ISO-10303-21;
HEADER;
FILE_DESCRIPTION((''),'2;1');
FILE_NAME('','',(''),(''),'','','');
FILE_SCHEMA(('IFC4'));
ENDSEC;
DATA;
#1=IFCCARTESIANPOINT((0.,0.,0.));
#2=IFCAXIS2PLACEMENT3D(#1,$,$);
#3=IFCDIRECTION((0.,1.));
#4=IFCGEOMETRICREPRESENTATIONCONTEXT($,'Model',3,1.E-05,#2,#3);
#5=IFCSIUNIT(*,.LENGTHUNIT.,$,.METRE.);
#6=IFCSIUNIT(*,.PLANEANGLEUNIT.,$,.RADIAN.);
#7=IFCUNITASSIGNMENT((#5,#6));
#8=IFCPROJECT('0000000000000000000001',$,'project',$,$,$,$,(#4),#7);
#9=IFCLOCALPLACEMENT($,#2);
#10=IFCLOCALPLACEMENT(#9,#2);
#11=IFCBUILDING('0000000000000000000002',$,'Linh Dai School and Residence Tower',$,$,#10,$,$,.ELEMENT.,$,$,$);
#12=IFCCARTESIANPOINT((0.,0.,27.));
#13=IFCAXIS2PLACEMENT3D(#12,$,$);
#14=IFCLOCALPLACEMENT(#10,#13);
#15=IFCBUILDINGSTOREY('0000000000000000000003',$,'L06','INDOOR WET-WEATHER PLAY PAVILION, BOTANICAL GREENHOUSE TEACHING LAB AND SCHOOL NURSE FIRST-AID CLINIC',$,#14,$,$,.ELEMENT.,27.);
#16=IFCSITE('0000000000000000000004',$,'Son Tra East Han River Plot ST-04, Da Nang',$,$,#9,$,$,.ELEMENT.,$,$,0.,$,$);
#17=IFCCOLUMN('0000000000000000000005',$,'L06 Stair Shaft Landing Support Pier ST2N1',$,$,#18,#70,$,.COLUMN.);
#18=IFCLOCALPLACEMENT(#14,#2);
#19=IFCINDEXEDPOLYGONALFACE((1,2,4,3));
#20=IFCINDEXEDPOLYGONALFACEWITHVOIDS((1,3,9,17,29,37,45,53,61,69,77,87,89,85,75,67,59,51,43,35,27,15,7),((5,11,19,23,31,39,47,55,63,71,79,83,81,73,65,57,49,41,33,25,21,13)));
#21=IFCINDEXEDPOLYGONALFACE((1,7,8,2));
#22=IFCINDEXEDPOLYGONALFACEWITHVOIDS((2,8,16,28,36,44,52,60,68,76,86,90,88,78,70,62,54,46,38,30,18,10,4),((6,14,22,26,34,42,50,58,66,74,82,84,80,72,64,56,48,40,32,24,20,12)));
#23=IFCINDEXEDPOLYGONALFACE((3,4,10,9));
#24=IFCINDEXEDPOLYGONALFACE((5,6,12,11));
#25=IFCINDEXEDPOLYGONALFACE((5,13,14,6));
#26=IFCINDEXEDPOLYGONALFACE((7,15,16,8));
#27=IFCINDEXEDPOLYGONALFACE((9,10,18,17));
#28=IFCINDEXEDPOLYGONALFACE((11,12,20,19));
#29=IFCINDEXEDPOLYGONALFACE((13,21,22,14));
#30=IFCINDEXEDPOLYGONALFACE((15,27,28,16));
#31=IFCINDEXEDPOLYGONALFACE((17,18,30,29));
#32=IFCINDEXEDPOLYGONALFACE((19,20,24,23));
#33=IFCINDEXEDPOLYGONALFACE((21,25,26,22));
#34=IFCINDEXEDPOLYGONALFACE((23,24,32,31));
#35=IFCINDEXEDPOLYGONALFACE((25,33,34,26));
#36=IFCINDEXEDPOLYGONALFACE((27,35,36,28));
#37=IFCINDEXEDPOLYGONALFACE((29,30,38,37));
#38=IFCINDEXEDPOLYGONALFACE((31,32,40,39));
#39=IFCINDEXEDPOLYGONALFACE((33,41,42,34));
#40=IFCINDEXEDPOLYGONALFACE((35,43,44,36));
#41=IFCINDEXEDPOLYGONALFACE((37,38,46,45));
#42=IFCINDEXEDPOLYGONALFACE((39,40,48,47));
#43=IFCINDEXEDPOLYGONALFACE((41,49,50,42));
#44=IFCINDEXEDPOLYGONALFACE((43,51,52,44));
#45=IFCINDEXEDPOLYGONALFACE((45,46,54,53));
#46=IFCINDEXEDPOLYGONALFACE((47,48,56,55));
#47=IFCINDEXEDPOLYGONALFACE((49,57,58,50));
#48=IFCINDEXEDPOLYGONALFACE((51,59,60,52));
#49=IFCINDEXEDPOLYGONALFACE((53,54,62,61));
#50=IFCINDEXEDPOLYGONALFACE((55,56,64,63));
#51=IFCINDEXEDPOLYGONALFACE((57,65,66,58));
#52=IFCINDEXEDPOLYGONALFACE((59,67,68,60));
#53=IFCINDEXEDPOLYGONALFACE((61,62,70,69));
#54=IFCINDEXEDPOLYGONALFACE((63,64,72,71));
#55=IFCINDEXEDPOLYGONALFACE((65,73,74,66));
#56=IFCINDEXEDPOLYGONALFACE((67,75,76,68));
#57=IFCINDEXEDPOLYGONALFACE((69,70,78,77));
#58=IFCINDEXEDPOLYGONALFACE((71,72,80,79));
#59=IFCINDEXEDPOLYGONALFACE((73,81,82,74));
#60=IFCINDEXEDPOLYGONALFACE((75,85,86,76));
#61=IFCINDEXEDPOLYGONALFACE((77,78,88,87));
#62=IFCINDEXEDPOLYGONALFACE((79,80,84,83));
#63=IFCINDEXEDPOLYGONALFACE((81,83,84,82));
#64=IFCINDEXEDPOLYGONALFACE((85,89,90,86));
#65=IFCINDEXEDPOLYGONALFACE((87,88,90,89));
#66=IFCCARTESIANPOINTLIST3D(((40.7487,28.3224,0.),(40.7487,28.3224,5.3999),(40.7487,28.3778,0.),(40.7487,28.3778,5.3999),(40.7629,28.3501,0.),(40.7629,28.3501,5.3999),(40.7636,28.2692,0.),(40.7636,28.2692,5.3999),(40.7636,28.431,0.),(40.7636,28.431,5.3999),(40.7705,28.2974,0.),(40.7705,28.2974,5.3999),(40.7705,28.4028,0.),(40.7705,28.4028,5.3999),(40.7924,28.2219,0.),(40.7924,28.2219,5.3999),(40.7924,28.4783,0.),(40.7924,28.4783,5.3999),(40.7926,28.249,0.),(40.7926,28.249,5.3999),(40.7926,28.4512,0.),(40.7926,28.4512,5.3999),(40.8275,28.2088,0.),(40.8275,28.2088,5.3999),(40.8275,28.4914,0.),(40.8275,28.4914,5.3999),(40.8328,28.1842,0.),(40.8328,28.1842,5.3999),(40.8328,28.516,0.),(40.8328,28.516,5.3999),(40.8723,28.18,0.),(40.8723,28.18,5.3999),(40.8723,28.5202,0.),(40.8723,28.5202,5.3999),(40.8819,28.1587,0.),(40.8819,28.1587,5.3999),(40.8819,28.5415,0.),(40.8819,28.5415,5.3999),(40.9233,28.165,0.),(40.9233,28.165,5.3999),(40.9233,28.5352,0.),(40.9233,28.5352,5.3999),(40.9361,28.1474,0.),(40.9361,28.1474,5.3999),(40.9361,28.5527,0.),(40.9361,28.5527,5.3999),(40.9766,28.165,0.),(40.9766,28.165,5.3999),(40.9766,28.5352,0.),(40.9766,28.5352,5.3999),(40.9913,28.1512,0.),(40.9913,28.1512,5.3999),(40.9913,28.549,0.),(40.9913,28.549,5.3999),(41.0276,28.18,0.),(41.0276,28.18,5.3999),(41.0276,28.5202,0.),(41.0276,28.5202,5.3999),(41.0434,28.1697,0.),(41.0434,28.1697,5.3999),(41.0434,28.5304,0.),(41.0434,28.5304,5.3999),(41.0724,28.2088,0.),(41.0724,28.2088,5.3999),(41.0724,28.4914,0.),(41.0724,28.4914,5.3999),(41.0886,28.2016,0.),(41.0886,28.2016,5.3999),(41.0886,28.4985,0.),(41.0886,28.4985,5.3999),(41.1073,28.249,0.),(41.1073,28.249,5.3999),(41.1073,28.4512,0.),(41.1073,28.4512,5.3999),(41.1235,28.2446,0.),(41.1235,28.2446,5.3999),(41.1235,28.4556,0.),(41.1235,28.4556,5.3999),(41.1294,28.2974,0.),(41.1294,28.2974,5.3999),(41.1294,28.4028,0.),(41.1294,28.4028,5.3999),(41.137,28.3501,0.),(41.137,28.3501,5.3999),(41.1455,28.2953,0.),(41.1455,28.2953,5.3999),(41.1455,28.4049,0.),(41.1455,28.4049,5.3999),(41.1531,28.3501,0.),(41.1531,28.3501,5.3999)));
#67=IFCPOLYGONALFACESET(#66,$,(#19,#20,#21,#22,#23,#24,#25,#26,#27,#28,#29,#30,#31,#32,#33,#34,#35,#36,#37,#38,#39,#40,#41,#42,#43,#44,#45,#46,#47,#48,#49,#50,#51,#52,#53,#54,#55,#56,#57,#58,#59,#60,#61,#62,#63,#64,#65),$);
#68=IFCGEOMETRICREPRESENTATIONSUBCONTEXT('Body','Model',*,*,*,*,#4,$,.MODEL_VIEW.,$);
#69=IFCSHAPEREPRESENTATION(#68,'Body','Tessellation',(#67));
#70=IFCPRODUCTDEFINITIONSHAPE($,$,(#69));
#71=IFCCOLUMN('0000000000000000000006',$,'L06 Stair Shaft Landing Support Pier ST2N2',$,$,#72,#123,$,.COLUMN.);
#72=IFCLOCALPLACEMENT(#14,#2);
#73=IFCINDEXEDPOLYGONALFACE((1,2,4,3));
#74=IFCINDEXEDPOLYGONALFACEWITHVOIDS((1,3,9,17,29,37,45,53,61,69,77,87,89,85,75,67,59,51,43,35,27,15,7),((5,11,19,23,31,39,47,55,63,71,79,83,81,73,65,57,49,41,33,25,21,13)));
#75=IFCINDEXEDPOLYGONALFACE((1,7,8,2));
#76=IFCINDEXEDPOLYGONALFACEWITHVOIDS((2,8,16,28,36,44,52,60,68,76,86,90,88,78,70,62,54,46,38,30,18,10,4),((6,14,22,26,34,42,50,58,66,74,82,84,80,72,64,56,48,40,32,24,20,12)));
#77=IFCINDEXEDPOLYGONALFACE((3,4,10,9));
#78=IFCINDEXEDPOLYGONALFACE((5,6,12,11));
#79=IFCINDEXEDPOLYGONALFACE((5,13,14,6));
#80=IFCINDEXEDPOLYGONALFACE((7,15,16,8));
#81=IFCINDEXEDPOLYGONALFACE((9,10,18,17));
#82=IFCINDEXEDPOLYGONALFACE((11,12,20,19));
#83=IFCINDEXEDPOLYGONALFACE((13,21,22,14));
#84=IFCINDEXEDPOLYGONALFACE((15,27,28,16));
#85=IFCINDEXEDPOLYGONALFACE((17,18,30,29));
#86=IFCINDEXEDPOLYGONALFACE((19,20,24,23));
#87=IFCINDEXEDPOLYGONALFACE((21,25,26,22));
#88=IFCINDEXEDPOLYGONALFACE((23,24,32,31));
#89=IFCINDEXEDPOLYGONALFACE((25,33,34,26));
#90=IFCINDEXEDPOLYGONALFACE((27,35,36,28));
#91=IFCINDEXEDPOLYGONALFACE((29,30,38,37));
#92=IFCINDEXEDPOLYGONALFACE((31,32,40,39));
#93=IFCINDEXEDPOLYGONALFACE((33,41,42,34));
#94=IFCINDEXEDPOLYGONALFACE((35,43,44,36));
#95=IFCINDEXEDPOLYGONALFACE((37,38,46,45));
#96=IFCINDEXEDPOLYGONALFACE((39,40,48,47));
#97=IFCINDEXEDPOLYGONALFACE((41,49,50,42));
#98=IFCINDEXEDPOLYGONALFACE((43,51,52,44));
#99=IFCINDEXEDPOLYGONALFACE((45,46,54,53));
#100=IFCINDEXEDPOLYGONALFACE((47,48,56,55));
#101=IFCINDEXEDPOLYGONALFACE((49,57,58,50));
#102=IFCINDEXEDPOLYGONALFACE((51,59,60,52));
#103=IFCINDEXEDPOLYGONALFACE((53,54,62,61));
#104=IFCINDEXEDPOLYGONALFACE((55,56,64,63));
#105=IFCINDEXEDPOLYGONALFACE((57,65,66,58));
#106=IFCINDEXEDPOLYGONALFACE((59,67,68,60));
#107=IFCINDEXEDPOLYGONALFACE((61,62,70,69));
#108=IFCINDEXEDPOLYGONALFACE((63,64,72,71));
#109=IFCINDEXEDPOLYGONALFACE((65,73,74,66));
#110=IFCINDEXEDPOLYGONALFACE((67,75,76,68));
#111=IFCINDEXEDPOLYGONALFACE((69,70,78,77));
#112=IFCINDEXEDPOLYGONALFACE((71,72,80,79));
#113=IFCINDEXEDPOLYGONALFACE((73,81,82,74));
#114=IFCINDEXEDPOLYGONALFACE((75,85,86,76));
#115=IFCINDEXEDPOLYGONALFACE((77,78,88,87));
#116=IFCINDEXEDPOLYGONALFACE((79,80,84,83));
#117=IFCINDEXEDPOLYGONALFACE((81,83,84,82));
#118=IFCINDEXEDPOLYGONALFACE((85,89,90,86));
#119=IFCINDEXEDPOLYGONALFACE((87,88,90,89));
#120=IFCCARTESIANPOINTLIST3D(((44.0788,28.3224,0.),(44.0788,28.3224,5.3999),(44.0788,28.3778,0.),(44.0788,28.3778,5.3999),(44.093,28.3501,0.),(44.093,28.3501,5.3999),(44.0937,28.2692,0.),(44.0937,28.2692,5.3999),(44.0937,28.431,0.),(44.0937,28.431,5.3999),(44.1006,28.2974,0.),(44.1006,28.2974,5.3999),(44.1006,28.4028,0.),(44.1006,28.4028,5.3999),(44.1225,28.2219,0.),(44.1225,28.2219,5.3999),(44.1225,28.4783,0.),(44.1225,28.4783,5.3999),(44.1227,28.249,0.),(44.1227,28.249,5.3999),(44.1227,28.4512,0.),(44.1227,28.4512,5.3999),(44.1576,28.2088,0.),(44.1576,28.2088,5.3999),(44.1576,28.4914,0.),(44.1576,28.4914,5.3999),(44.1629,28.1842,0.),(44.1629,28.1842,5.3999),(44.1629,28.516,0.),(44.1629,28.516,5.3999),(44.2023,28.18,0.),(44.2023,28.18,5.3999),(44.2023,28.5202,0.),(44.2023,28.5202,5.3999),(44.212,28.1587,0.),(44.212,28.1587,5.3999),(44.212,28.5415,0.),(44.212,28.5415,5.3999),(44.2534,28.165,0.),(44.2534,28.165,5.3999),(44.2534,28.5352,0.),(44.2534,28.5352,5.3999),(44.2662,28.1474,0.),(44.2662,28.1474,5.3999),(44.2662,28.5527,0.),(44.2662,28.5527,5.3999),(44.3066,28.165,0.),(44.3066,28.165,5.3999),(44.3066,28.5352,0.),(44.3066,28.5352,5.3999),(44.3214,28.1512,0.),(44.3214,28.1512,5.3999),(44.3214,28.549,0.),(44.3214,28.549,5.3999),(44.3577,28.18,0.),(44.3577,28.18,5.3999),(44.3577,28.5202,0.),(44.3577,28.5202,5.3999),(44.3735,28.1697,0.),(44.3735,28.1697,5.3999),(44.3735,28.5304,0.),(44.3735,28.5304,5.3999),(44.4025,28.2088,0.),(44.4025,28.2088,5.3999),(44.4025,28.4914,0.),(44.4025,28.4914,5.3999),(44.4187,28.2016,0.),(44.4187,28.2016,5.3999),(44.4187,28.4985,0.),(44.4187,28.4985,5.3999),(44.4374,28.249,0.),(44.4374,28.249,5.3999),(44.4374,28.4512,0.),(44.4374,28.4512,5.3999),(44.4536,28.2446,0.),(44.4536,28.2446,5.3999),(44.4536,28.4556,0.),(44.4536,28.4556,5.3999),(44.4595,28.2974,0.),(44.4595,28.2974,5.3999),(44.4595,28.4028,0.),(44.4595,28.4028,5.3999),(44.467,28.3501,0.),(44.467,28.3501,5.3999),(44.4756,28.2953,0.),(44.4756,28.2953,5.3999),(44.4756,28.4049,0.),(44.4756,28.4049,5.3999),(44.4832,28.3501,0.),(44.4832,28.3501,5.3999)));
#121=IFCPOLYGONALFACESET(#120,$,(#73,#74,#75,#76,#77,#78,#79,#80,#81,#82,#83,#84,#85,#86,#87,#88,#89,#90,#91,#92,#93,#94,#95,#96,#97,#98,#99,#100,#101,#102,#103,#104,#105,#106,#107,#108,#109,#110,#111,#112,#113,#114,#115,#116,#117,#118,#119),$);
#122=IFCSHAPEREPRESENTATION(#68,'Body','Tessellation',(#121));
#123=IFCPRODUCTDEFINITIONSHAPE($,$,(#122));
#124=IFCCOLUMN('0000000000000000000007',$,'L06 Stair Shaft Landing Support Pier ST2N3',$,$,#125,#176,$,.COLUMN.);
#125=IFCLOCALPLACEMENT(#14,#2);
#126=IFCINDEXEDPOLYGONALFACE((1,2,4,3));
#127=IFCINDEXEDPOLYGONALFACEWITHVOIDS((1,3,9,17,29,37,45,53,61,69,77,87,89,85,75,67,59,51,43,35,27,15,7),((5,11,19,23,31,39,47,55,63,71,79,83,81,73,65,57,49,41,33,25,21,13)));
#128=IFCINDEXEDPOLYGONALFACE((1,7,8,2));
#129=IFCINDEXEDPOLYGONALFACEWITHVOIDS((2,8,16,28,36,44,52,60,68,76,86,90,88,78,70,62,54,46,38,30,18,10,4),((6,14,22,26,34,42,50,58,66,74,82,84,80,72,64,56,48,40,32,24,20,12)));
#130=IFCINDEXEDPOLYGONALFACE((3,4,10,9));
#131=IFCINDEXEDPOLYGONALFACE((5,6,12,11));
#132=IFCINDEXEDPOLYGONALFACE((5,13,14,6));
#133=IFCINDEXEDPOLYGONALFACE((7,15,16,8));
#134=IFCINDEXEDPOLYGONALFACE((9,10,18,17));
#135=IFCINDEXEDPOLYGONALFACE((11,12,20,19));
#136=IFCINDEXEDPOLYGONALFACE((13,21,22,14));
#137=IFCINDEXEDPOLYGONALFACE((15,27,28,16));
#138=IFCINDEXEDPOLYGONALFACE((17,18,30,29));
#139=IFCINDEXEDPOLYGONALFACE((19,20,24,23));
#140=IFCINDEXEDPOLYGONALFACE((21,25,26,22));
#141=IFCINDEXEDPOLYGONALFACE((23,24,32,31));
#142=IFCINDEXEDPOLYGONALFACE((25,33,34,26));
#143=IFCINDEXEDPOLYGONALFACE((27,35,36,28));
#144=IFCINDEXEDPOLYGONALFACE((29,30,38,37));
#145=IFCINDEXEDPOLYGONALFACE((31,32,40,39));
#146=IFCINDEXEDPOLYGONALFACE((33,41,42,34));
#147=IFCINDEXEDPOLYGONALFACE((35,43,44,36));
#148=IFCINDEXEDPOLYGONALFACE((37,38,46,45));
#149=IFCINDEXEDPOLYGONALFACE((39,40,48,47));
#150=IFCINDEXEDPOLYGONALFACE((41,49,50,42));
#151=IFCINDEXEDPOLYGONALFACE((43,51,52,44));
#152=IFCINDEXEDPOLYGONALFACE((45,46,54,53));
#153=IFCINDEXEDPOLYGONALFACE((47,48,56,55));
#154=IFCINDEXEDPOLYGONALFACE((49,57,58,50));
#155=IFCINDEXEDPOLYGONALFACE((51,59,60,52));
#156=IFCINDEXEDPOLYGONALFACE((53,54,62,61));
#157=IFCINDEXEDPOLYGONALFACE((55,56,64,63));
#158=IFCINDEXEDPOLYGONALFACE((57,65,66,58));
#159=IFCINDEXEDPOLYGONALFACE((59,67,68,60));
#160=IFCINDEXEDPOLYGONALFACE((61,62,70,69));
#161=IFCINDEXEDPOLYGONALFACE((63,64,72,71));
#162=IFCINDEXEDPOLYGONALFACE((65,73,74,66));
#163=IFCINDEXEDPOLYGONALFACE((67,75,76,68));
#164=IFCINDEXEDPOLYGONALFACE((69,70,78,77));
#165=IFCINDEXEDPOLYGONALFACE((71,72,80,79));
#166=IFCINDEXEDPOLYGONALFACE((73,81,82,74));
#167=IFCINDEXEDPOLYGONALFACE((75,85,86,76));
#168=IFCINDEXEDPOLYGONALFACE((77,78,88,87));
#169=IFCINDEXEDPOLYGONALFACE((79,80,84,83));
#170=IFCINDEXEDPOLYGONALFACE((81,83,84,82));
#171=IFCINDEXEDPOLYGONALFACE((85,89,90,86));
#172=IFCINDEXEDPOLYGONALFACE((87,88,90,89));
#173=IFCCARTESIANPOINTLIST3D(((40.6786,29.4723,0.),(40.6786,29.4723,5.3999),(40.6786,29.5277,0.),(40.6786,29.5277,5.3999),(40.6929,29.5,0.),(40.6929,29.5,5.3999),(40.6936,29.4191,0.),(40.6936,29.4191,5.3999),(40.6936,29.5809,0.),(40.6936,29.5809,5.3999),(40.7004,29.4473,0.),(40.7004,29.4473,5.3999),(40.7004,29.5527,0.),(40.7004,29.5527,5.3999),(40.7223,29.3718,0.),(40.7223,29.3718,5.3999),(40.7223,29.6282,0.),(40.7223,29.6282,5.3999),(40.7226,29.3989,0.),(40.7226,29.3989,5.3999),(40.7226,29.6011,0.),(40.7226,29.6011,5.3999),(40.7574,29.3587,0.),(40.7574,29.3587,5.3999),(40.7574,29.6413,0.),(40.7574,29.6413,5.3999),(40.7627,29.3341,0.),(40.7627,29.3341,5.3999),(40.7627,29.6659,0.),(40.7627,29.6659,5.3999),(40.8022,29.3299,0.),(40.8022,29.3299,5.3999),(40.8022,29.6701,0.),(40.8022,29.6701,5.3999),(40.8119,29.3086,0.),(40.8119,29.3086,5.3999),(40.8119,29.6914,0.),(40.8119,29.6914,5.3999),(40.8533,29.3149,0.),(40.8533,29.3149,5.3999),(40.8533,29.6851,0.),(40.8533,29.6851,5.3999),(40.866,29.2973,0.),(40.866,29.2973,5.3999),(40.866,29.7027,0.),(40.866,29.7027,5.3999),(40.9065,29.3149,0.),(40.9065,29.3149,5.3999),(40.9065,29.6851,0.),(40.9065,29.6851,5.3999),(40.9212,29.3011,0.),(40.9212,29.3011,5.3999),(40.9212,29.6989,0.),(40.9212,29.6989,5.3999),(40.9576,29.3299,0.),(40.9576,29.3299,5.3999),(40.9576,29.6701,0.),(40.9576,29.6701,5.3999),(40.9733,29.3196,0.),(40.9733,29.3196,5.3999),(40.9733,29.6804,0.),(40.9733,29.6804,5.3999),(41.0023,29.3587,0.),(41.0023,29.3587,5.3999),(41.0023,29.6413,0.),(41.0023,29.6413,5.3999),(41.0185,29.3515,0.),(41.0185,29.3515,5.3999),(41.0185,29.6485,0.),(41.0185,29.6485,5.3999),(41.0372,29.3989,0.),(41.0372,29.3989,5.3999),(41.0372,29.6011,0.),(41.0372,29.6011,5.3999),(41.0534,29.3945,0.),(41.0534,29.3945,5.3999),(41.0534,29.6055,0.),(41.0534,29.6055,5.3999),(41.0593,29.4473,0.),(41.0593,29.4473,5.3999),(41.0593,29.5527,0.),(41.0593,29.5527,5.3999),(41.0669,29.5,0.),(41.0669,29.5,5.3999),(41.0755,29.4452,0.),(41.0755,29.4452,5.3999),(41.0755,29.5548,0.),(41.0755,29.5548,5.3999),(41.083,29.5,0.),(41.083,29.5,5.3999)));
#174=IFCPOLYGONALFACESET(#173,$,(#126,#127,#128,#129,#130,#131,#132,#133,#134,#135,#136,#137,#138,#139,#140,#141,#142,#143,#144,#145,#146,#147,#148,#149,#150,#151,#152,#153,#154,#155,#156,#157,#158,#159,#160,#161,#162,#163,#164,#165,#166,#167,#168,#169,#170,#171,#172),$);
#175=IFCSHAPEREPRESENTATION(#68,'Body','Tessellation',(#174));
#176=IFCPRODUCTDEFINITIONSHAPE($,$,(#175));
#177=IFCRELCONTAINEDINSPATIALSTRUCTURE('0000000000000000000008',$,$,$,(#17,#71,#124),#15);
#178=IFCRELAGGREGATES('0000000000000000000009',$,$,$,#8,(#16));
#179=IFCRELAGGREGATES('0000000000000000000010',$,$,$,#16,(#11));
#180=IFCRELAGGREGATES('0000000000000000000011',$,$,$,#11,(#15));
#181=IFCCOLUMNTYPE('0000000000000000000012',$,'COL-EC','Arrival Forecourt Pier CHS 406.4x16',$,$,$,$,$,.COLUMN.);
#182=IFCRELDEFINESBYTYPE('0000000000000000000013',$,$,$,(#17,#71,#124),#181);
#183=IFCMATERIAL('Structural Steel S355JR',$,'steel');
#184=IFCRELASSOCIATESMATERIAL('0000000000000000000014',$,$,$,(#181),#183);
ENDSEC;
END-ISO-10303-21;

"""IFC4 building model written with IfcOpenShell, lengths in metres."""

from ifc_helpers import new_model, si_unit, direction, frame, origin, origin_2d, place, context, subcontext, project, spatial, hollow_circle, extrude, material, material_profile, profile_set, type_object, element, save


model = new_model("IFC4")

# Units and contexts
model_context = context("Model", 3, precision=1e-05, world=origin(), true_north=direction((0.0, 1.0)))
body_context = subcontext(model_context, "Body", "Model", "MODEL_VIEW")
ifc_project = project(units=[si_unit("LENGTHUNIT", "METRE"), si_unit("PLANEANGLEUNIT", "RADIAN")], contexts=[model_context])

# Site, building, storey
site_placement = place(None, origin())
site = spatial("IfcSite", under=ifc_project, at=site_placement, Name="Son Tra East Han River Plot ST-04, Da Nang", CompositionType="ELEMENT", RefElevation=0.0)
building_placement = place(site_placement, origin())
building = spatial("IfcBuilding", under=site, at=building_placement, Name="Linh Dai School and Residence Tower", CompositionType="ELEMENT")
storey_placement = place(building_placement, frame((0.0, 0.0, 27.0)))
storey = spatial("IfcBuildingStorey", under=building, at=storey_placement, Name="L06", Description="INDOOR WET-WEATHER PLAY PAVILION, BOTANICAL GREENHOUSE TEACHING LAB AND SCHOOL NURSE FIRST-AID CLINIC", CompositionType="ELEMENT", Elevation=27.0)

# Columns
ifc_material_1 = material(Name="Structural Steel S355JR", Category="steel")
ifc_material_profile_1 = material_profile(ifc_material_1, hollow_circle(Radius=0.2031, WallThickness=0.0161, at=origin_2d()), Name="CHS 406.4x16")
ifc_profile_set_1 = profile_set([ifc_material_profile_1], Name="Structural Steel S355JR")
column_type_1 = type_object("IfcColumnType", Name="COL-EC", Description="Arrival Forecourt Pier CHS 406.4x16", PredefinedType="COLUMN", material=ifc_profile_set_1)
for number, where, z_axis, x_axis, name in (
    (1, (40.95, 28.3501, 0.0), (0.0, 0.0, 1.0), (1.0, 0.0, 0.0), "L06 Stair Shaft Landing Support Pier ST2N1"),
    (2, (44.28, 28.3501, 0.0), (0.0, 0.0, 1.0), (1.0, 0.0, 0.0), "L06 Stair Shaft Landing Support Pier ST2N2"),
    (3, (40.8799, 29.5, 0.0), (0.0, 0.0, 1.0), (1.0, 0.0, 0.0), "L06 Stair Shaft Landing Support Pier ST2N3"),
):
    element("IfcColumn", number, at=place(storey_placement, frame(where, z_axis=z_axis, x_axis=x_axis)), inside=storey, type_object=column_type_1, Name=name, PredefinedType="COLUMN", context=body_context, shape_type="SweptSolid", body=[
        extrude(hollow_circle(Radius=0.2031, WallThickness=0.0161, at=origin_2d()), origin(), (0.0, 0.0, 1.0), 5.3999),
    ])

save(model, "model.ifc")
